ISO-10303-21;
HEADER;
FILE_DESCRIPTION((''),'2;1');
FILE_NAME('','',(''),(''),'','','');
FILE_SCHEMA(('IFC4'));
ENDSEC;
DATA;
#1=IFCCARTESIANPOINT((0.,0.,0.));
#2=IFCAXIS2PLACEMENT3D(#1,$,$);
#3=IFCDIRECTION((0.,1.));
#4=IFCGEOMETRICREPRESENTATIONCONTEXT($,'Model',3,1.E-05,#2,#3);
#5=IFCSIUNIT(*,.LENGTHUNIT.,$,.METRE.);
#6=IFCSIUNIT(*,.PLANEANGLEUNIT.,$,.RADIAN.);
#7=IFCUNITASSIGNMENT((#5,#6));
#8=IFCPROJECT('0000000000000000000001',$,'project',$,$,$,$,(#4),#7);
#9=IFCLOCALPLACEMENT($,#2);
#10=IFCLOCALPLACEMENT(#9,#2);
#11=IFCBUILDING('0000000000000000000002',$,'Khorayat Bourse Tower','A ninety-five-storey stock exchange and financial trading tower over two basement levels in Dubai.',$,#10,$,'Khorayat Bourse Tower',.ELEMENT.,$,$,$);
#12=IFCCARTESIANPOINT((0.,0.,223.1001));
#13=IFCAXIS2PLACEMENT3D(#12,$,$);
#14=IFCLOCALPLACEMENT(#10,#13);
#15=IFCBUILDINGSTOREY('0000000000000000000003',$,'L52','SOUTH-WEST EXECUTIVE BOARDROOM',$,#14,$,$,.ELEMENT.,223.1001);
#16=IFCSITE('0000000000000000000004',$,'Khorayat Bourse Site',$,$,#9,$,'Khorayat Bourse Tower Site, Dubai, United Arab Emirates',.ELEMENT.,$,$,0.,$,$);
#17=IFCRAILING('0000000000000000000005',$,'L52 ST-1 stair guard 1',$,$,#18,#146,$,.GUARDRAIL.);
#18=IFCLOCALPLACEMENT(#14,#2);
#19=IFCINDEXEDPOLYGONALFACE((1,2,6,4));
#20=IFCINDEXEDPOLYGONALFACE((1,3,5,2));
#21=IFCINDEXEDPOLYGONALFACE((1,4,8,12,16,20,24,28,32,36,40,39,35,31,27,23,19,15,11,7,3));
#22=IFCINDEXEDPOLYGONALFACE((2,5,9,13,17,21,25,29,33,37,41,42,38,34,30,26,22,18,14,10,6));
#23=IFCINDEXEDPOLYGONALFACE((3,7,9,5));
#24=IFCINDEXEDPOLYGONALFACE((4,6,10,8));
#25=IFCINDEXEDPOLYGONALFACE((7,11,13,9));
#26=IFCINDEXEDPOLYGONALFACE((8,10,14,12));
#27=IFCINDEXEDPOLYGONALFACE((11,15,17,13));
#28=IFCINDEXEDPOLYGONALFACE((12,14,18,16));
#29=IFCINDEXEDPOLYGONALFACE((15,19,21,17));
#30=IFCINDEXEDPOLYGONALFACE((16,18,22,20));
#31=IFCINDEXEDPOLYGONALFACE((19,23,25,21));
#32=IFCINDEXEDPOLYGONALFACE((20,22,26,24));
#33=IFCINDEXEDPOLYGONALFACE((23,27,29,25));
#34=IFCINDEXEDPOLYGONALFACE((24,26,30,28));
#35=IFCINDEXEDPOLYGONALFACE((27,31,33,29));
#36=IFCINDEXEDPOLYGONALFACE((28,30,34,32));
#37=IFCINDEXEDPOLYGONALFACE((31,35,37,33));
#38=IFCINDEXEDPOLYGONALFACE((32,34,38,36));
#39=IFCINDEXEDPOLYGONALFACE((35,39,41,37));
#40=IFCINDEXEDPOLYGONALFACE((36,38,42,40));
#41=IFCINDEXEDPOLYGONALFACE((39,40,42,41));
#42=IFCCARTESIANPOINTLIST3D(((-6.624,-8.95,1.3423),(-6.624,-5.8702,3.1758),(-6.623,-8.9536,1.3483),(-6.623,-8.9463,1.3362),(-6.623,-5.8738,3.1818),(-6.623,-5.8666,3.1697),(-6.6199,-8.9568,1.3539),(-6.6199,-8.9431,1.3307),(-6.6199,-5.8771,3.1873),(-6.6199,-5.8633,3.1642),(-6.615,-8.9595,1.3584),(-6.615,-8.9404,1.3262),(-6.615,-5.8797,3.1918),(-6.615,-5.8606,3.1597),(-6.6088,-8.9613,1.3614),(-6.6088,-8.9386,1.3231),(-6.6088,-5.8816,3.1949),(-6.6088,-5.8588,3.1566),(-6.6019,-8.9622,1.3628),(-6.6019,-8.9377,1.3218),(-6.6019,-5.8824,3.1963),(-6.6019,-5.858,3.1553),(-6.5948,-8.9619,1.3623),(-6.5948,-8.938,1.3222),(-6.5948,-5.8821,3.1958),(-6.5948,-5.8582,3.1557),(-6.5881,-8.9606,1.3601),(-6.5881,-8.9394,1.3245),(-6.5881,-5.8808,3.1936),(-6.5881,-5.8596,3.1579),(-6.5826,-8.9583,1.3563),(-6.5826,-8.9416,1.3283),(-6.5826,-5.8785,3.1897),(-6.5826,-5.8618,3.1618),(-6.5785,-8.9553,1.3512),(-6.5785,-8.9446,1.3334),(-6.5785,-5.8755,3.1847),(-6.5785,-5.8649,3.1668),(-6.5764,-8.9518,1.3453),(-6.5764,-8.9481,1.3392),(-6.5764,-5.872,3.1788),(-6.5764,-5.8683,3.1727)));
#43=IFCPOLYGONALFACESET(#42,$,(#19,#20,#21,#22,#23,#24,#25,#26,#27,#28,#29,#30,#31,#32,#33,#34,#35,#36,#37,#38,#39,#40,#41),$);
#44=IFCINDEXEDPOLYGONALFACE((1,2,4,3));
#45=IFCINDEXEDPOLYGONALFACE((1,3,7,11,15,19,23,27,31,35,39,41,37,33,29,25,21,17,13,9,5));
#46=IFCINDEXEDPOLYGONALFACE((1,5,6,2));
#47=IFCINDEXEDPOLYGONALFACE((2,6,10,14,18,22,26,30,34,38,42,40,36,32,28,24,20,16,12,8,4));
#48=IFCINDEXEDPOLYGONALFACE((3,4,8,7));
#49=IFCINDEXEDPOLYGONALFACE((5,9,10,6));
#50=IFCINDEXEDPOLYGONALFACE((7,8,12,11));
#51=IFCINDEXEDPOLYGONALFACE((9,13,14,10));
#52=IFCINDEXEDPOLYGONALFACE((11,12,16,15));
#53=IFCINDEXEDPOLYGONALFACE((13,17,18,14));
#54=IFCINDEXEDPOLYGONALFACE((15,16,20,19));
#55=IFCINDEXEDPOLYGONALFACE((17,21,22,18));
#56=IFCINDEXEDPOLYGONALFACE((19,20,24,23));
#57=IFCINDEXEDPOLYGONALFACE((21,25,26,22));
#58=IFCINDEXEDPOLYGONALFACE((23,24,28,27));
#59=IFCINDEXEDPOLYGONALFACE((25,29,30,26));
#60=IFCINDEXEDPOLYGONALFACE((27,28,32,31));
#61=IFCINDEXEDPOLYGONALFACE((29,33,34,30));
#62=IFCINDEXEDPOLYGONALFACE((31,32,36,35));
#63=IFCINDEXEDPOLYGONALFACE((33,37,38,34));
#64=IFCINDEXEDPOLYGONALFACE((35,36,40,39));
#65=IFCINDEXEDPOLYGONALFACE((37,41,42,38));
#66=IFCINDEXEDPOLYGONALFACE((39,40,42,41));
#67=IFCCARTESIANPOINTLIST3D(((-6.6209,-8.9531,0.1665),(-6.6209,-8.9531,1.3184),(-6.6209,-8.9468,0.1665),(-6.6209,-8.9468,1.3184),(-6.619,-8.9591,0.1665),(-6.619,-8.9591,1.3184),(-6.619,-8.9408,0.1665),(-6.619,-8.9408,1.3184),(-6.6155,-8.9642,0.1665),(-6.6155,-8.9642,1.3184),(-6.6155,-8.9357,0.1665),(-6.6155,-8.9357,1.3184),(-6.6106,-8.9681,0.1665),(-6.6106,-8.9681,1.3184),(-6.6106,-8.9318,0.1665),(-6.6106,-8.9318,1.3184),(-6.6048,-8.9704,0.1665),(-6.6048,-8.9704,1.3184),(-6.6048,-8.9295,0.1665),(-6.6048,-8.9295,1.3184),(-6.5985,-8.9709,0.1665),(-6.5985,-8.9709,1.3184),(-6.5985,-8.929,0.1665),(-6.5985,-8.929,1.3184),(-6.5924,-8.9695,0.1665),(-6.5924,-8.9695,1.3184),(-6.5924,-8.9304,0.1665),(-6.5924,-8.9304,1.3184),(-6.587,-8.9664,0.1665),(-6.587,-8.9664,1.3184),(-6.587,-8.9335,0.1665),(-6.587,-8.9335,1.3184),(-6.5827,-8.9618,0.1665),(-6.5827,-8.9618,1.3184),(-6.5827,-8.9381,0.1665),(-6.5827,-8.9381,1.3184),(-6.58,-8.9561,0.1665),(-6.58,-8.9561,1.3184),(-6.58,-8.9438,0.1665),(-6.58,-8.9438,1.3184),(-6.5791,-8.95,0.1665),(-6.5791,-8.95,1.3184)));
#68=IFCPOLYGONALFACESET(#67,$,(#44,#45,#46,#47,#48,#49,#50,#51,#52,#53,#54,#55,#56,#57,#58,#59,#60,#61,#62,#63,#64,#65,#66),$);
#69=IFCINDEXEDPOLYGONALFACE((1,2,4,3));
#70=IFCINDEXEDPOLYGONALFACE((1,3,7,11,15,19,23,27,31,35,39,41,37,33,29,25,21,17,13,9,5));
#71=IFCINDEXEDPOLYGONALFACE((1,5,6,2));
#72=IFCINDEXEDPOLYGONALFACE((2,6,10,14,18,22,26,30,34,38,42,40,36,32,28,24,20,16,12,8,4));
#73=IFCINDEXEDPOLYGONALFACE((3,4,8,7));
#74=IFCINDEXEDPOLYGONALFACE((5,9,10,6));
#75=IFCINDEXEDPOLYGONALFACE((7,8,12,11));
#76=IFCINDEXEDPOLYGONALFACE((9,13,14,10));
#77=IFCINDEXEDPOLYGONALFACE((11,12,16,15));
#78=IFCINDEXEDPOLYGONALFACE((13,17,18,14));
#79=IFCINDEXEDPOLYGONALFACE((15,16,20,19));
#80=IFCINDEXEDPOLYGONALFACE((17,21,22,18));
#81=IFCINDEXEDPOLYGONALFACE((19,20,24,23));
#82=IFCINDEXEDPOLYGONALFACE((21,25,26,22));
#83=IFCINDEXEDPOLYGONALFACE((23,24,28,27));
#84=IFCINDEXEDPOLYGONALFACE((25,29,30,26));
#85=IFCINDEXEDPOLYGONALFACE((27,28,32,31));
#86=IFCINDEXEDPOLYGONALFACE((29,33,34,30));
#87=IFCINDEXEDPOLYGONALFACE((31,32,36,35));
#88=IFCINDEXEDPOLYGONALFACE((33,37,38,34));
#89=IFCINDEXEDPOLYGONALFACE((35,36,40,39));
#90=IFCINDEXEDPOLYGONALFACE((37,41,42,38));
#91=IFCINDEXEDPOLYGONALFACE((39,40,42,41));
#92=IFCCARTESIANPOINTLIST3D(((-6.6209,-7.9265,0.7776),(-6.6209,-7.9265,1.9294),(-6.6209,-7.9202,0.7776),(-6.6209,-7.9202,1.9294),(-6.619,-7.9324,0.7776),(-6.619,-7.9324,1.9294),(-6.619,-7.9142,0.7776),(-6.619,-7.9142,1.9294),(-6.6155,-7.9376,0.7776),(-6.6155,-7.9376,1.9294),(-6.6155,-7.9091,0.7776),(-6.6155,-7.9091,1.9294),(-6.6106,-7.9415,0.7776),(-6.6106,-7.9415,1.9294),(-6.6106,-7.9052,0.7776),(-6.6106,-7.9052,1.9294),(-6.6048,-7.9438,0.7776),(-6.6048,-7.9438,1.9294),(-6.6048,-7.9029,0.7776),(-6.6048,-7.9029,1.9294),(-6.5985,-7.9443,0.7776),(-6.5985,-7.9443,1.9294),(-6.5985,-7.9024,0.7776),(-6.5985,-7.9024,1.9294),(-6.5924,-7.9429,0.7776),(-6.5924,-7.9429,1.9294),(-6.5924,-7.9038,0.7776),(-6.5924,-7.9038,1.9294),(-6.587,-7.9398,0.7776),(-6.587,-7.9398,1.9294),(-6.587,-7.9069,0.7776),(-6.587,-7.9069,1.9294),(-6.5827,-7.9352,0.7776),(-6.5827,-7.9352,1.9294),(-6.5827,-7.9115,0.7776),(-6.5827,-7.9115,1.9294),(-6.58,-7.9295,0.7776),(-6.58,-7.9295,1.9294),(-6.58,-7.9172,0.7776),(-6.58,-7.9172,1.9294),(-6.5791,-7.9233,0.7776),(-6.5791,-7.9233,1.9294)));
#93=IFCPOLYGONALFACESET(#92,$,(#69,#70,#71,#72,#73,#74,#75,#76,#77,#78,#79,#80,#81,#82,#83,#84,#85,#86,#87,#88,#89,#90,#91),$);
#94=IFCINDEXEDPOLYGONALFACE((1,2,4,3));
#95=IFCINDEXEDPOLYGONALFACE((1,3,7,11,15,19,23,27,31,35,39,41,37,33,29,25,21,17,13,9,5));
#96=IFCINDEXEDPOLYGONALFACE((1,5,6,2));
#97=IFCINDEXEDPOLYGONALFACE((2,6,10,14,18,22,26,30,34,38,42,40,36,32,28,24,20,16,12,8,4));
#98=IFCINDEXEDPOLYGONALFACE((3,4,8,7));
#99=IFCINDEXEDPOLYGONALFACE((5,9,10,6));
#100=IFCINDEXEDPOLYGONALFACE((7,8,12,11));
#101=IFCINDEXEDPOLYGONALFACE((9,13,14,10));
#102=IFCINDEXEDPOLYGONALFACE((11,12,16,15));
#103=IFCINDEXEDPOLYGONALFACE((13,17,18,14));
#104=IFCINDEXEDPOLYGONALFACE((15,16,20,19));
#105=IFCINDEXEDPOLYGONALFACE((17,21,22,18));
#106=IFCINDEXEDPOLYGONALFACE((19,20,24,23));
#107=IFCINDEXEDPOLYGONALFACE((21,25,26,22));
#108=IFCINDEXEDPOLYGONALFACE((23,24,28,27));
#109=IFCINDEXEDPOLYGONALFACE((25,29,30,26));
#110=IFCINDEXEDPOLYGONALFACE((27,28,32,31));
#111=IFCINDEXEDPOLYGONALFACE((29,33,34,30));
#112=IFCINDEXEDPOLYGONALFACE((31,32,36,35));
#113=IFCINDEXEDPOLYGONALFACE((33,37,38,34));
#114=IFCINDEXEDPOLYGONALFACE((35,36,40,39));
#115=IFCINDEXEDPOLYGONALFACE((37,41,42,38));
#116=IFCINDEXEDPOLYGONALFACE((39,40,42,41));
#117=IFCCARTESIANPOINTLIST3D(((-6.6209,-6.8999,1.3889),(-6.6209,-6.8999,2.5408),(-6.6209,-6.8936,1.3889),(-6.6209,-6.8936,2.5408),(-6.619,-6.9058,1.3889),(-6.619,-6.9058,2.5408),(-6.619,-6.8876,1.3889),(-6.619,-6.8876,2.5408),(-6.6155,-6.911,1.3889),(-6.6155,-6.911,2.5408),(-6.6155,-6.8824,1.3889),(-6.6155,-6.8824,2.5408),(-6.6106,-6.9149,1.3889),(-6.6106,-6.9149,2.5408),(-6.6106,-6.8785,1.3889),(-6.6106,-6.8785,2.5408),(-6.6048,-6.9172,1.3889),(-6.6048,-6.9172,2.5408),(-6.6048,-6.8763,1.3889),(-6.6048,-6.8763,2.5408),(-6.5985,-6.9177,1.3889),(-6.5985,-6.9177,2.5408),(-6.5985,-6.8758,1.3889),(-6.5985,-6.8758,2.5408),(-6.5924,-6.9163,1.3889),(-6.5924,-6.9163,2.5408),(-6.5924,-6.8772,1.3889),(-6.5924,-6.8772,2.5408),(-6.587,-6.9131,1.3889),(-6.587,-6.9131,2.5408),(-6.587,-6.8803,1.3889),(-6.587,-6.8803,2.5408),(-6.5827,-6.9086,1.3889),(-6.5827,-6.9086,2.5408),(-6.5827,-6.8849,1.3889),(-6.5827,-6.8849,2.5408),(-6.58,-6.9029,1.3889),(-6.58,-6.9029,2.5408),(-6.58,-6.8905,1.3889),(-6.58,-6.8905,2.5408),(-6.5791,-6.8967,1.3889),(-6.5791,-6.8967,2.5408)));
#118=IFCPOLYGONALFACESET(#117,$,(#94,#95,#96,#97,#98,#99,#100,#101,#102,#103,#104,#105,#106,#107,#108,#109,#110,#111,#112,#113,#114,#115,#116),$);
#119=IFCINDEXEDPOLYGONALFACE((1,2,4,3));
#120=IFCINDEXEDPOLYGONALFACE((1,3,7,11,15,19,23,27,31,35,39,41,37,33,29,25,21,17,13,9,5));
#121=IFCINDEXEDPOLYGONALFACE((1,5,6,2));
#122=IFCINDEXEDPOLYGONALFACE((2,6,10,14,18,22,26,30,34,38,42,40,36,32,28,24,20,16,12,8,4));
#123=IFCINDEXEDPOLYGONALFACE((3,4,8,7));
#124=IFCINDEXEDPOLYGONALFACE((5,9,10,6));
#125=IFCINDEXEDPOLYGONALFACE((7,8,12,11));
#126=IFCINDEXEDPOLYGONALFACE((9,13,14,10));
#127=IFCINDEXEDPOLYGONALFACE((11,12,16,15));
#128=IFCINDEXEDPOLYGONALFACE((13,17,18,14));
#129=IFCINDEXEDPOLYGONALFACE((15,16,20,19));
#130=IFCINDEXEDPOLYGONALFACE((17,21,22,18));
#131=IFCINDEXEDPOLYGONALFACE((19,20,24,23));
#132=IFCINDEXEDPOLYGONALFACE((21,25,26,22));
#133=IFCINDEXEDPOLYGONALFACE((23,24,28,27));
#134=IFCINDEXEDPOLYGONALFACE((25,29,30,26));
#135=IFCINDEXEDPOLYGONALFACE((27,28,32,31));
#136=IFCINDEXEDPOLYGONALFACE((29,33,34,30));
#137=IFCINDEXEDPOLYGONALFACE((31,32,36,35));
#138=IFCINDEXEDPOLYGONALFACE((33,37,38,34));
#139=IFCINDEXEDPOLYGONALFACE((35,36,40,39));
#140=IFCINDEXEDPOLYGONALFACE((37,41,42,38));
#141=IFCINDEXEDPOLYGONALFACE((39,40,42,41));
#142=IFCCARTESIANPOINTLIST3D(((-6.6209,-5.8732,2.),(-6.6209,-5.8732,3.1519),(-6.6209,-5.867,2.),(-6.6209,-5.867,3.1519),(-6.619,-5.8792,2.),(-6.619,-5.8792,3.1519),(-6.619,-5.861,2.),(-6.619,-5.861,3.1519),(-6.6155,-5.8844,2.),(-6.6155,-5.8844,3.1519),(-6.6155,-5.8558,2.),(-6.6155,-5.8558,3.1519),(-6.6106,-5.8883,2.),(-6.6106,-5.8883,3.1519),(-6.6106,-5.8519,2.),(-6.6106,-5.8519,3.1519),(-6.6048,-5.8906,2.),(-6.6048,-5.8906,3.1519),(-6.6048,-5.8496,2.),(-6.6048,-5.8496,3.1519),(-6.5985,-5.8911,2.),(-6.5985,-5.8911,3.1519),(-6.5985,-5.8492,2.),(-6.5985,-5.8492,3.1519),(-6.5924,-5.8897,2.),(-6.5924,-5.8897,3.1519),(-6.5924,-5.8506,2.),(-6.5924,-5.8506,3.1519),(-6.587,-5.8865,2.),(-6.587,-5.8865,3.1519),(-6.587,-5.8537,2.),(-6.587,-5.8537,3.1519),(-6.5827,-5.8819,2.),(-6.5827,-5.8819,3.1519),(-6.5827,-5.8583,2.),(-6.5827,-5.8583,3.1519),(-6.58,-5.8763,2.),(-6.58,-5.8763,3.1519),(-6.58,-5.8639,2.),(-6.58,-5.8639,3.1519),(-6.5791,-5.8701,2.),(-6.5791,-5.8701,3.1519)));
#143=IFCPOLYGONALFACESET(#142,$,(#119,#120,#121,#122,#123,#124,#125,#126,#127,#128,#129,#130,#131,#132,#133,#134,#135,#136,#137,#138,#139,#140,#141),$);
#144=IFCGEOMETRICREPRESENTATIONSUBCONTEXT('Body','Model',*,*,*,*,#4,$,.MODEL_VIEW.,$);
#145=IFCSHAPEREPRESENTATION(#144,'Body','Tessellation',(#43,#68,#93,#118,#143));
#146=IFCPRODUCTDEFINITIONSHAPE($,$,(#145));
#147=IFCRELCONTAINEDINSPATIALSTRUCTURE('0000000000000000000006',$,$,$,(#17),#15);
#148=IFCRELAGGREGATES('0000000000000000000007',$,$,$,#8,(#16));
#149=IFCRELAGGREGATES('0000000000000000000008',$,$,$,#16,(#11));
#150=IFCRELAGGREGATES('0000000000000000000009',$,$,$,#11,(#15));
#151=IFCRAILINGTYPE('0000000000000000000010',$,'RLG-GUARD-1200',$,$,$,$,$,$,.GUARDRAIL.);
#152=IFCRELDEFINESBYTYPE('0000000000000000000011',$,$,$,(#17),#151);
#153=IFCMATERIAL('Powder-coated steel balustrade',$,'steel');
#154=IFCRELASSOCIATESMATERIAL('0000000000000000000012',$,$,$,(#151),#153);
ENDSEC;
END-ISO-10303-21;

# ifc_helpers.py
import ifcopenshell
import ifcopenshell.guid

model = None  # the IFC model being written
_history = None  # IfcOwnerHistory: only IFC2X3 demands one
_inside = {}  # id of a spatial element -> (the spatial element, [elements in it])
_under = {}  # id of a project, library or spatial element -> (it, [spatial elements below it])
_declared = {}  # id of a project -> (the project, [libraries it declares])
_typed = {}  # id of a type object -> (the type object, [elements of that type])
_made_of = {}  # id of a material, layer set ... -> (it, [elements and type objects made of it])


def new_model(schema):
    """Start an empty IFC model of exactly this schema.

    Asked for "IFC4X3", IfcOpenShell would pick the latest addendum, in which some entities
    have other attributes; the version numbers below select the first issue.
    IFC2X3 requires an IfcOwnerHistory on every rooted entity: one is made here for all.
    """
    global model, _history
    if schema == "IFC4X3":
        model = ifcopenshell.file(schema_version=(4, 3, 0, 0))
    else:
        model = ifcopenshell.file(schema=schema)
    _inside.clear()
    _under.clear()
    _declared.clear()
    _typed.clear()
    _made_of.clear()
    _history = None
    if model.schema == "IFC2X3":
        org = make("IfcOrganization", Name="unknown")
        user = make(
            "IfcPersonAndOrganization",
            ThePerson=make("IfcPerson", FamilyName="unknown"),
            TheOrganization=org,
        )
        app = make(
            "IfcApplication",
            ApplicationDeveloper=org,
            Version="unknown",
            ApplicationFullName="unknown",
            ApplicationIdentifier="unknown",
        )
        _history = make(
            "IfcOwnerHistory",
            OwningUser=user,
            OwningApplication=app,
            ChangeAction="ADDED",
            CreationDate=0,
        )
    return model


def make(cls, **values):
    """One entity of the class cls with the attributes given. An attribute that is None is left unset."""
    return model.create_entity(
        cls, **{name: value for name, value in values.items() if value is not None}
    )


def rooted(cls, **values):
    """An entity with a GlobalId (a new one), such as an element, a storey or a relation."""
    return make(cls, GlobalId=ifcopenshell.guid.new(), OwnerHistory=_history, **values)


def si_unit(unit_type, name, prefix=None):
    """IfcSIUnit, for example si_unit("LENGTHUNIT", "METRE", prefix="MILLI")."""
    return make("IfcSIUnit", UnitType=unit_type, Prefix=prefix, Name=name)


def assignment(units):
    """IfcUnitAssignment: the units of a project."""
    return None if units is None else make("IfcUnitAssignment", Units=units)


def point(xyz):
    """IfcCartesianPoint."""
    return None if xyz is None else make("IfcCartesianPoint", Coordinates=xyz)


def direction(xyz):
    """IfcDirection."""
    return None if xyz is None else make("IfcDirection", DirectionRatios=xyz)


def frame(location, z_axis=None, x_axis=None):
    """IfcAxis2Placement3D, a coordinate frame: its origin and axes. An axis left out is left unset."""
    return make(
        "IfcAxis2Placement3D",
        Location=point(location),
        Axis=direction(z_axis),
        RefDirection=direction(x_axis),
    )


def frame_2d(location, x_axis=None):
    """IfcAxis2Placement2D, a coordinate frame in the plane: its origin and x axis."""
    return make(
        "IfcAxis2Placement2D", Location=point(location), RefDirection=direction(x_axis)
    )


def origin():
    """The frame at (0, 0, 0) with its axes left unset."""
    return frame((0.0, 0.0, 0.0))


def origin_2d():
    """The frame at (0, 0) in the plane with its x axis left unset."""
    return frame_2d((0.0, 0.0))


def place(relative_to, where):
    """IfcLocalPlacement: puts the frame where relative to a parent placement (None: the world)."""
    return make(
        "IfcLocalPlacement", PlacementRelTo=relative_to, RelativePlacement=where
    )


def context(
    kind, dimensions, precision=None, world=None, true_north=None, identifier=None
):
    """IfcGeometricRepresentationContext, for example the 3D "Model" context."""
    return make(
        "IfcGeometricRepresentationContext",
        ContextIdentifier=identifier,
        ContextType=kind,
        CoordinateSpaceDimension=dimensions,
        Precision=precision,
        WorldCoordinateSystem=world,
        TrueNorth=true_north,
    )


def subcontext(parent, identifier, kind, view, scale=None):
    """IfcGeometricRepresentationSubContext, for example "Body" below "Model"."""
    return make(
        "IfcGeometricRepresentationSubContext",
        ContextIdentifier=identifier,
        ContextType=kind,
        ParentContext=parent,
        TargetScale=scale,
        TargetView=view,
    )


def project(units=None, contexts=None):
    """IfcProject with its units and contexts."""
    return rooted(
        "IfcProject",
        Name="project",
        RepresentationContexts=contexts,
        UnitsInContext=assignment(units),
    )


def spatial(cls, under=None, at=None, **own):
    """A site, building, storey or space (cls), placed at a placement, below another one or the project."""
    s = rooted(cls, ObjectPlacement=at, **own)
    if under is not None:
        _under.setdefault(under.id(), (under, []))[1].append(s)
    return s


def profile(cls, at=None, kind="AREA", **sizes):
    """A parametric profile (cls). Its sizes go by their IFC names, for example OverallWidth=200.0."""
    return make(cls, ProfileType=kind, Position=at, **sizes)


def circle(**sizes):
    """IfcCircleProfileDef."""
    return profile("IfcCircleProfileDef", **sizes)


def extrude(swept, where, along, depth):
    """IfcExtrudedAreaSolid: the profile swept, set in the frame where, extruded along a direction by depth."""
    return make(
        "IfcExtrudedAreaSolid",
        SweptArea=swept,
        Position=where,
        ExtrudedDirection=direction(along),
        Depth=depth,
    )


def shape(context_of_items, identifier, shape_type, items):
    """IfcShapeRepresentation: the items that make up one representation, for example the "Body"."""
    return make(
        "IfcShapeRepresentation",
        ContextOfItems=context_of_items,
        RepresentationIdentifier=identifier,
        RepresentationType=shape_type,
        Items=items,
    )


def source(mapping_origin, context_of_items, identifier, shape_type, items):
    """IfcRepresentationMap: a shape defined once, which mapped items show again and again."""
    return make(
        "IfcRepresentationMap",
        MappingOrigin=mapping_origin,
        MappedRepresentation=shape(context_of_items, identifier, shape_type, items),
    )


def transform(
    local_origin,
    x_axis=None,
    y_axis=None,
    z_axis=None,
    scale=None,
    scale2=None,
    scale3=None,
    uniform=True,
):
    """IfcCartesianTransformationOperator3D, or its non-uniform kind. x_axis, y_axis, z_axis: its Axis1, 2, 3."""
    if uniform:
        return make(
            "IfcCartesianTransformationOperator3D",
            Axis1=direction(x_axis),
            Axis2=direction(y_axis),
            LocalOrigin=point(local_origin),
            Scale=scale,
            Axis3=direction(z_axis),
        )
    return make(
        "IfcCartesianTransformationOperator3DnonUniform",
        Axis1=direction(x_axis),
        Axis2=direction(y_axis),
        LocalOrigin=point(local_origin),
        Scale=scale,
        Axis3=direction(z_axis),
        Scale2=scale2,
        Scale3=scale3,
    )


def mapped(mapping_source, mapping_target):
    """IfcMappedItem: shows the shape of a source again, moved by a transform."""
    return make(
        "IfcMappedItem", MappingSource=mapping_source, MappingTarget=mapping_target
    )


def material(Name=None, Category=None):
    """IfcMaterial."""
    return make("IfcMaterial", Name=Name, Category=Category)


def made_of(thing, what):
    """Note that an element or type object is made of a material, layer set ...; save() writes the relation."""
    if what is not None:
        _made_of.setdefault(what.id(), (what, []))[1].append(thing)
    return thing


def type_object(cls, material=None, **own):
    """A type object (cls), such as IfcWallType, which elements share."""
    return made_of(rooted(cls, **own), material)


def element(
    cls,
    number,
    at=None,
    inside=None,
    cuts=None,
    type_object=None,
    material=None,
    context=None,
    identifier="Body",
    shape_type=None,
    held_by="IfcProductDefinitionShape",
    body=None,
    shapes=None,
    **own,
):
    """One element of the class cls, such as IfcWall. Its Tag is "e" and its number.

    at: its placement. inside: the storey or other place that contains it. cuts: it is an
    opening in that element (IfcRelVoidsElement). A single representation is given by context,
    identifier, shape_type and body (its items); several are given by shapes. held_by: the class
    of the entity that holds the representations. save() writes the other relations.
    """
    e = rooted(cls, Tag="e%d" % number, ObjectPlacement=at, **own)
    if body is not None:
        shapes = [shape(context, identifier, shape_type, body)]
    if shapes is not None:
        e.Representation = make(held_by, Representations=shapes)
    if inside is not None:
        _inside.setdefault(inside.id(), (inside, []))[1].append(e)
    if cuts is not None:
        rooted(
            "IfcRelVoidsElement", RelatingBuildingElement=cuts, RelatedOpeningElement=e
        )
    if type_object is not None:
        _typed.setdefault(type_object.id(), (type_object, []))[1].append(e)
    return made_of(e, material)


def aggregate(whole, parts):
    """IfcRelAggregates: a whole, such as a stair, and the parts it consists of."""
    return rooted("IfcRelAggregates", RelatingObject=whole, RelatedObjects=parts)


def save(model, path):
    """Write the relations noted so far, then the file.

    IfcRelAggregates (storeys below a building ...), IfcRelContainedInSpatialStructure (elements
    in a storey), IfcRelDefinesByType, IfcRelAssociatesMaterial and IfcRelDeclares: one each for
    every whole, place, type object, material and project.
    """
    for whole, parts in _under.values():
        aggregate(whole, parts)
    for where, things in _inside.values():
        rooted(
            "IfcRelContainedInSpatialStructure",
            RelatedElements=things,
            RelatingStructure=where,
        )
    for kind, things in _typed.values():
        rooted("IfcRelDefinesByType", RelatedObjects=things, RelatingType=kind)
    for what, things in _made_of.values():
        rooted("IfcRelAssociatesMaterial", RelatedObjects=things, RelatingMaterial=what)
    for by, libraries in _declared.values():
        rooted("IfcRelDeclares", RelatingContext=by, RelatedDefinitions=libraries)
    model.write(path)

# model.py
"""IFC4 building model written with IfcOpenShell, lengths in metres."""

from ifc_helpers import new_model, si_unit, direction, frame, origin, origin_2d, place, context, subcontext, project, spatial, circle, extrude, source, transform, mapped, material, type_object, element, save


model = new_model("IFC4")

# Units and contexts
model_context = context("Model", 3, precision=1e-05, world=origin(), true_north=direction((0.0, 1.0)))
body_context = subcontext(model_context, "Body", "Model", "MODEL_VIEW")
ifc_project = project(units=[si_unit("LENGTHUNIT", "METRE"), si_unit("PLANEANGLEUNIT", "RADIAN")], contexts=[model_context])

# Site, building, storey
site_placement = place(None, origin())
site = spatial("IfcSite", under=ifc_project, at=site_placement, Name="Khorayat Bourse Site", LongName="Khorayat Bourse Tower Site, Dubai, United Arab Emirates", CompositionType="ELEMENT", RefElevation=0.0)
building_placement = place(site_placement, origin())
building = spatial("IfcBuilding", under=site, at=building_placement, Name="Khorayat Bourse Tower", Description="A ninety-five-storey stock exchange and financial trading tower over two basement levels in Dubai.", LongName="Khorayat Bourse Tower", CompositionType="ELEMENT")
storey_placement = place(building_placement, frame((0.0, 0.0, 223.1001)))
storey = spatial("IfcBuildingStorey", under=building, at=storey_placement, Name="L52", Description="SOUTH-WEST EXECUTIVE BOARDROOM", CompositionType="ELEMENT", Elevation=223.1001)

# Railing
ifc_material_1 = material(Name="Powder-coated steel balustrade", Category="steel")
railing_type_1 = type_object("IfcRailingType", Name="RLG-GUARD-1200", PredefinedType="GUARDRAIL", material=ifc_material_1)
shared_shape_1 = source(origin(), body_context, "Body", "SweptSolid", [
    extrude(circle(Radius=0.0239, at=origin_2d()), frame((0.0, 0.0, 1.1758), z_axis=(0.0, 0.859261, 0.511538), x_axis=(-1.0, 0.0, 0.0)), (0.0, 0.0, 1.0), 3.5842),
    extrude(circle(Radius=0.021, at=origin_2d()), origin(), (0.0, 0.0, 1.0), 1.1519),
    extrude(circle(Radius=0.021, at=origin_2d()), frame((0.0, 1.0266, 0.6111)), (0.0, 0.0, 1.0), 1.1519),
    extrude(circle(Radius=0.021, at=origin_2d()), frame((0.0, 2.0532, 1.2224)), (0.0, 0.0, 1.0), 1.1519),
    extrude(circle(Radius=0.021, at=origin_2d()), frame((0.0, 3.0798, 1.8335)), (0.0, 0.0, 1.0), 1.1519),
])
railing_1_placement = place(storey_placement, frame((-6.6001, -8.95, 0.1665)))
element("IfcRailing", 1, at=railing_1_placement, inside=storey, type_object=railing_type_1, Name="L52 ST-1 stair guard 1", PredefinedType="GUARDRAIL", context=body_context, shape_type="MappedRepresentation", body=[
    mapped(shared_shape_1, transform((0.0, 0.0, 0.0), scale=1.0)),
])

save(model, "model.ifc")
